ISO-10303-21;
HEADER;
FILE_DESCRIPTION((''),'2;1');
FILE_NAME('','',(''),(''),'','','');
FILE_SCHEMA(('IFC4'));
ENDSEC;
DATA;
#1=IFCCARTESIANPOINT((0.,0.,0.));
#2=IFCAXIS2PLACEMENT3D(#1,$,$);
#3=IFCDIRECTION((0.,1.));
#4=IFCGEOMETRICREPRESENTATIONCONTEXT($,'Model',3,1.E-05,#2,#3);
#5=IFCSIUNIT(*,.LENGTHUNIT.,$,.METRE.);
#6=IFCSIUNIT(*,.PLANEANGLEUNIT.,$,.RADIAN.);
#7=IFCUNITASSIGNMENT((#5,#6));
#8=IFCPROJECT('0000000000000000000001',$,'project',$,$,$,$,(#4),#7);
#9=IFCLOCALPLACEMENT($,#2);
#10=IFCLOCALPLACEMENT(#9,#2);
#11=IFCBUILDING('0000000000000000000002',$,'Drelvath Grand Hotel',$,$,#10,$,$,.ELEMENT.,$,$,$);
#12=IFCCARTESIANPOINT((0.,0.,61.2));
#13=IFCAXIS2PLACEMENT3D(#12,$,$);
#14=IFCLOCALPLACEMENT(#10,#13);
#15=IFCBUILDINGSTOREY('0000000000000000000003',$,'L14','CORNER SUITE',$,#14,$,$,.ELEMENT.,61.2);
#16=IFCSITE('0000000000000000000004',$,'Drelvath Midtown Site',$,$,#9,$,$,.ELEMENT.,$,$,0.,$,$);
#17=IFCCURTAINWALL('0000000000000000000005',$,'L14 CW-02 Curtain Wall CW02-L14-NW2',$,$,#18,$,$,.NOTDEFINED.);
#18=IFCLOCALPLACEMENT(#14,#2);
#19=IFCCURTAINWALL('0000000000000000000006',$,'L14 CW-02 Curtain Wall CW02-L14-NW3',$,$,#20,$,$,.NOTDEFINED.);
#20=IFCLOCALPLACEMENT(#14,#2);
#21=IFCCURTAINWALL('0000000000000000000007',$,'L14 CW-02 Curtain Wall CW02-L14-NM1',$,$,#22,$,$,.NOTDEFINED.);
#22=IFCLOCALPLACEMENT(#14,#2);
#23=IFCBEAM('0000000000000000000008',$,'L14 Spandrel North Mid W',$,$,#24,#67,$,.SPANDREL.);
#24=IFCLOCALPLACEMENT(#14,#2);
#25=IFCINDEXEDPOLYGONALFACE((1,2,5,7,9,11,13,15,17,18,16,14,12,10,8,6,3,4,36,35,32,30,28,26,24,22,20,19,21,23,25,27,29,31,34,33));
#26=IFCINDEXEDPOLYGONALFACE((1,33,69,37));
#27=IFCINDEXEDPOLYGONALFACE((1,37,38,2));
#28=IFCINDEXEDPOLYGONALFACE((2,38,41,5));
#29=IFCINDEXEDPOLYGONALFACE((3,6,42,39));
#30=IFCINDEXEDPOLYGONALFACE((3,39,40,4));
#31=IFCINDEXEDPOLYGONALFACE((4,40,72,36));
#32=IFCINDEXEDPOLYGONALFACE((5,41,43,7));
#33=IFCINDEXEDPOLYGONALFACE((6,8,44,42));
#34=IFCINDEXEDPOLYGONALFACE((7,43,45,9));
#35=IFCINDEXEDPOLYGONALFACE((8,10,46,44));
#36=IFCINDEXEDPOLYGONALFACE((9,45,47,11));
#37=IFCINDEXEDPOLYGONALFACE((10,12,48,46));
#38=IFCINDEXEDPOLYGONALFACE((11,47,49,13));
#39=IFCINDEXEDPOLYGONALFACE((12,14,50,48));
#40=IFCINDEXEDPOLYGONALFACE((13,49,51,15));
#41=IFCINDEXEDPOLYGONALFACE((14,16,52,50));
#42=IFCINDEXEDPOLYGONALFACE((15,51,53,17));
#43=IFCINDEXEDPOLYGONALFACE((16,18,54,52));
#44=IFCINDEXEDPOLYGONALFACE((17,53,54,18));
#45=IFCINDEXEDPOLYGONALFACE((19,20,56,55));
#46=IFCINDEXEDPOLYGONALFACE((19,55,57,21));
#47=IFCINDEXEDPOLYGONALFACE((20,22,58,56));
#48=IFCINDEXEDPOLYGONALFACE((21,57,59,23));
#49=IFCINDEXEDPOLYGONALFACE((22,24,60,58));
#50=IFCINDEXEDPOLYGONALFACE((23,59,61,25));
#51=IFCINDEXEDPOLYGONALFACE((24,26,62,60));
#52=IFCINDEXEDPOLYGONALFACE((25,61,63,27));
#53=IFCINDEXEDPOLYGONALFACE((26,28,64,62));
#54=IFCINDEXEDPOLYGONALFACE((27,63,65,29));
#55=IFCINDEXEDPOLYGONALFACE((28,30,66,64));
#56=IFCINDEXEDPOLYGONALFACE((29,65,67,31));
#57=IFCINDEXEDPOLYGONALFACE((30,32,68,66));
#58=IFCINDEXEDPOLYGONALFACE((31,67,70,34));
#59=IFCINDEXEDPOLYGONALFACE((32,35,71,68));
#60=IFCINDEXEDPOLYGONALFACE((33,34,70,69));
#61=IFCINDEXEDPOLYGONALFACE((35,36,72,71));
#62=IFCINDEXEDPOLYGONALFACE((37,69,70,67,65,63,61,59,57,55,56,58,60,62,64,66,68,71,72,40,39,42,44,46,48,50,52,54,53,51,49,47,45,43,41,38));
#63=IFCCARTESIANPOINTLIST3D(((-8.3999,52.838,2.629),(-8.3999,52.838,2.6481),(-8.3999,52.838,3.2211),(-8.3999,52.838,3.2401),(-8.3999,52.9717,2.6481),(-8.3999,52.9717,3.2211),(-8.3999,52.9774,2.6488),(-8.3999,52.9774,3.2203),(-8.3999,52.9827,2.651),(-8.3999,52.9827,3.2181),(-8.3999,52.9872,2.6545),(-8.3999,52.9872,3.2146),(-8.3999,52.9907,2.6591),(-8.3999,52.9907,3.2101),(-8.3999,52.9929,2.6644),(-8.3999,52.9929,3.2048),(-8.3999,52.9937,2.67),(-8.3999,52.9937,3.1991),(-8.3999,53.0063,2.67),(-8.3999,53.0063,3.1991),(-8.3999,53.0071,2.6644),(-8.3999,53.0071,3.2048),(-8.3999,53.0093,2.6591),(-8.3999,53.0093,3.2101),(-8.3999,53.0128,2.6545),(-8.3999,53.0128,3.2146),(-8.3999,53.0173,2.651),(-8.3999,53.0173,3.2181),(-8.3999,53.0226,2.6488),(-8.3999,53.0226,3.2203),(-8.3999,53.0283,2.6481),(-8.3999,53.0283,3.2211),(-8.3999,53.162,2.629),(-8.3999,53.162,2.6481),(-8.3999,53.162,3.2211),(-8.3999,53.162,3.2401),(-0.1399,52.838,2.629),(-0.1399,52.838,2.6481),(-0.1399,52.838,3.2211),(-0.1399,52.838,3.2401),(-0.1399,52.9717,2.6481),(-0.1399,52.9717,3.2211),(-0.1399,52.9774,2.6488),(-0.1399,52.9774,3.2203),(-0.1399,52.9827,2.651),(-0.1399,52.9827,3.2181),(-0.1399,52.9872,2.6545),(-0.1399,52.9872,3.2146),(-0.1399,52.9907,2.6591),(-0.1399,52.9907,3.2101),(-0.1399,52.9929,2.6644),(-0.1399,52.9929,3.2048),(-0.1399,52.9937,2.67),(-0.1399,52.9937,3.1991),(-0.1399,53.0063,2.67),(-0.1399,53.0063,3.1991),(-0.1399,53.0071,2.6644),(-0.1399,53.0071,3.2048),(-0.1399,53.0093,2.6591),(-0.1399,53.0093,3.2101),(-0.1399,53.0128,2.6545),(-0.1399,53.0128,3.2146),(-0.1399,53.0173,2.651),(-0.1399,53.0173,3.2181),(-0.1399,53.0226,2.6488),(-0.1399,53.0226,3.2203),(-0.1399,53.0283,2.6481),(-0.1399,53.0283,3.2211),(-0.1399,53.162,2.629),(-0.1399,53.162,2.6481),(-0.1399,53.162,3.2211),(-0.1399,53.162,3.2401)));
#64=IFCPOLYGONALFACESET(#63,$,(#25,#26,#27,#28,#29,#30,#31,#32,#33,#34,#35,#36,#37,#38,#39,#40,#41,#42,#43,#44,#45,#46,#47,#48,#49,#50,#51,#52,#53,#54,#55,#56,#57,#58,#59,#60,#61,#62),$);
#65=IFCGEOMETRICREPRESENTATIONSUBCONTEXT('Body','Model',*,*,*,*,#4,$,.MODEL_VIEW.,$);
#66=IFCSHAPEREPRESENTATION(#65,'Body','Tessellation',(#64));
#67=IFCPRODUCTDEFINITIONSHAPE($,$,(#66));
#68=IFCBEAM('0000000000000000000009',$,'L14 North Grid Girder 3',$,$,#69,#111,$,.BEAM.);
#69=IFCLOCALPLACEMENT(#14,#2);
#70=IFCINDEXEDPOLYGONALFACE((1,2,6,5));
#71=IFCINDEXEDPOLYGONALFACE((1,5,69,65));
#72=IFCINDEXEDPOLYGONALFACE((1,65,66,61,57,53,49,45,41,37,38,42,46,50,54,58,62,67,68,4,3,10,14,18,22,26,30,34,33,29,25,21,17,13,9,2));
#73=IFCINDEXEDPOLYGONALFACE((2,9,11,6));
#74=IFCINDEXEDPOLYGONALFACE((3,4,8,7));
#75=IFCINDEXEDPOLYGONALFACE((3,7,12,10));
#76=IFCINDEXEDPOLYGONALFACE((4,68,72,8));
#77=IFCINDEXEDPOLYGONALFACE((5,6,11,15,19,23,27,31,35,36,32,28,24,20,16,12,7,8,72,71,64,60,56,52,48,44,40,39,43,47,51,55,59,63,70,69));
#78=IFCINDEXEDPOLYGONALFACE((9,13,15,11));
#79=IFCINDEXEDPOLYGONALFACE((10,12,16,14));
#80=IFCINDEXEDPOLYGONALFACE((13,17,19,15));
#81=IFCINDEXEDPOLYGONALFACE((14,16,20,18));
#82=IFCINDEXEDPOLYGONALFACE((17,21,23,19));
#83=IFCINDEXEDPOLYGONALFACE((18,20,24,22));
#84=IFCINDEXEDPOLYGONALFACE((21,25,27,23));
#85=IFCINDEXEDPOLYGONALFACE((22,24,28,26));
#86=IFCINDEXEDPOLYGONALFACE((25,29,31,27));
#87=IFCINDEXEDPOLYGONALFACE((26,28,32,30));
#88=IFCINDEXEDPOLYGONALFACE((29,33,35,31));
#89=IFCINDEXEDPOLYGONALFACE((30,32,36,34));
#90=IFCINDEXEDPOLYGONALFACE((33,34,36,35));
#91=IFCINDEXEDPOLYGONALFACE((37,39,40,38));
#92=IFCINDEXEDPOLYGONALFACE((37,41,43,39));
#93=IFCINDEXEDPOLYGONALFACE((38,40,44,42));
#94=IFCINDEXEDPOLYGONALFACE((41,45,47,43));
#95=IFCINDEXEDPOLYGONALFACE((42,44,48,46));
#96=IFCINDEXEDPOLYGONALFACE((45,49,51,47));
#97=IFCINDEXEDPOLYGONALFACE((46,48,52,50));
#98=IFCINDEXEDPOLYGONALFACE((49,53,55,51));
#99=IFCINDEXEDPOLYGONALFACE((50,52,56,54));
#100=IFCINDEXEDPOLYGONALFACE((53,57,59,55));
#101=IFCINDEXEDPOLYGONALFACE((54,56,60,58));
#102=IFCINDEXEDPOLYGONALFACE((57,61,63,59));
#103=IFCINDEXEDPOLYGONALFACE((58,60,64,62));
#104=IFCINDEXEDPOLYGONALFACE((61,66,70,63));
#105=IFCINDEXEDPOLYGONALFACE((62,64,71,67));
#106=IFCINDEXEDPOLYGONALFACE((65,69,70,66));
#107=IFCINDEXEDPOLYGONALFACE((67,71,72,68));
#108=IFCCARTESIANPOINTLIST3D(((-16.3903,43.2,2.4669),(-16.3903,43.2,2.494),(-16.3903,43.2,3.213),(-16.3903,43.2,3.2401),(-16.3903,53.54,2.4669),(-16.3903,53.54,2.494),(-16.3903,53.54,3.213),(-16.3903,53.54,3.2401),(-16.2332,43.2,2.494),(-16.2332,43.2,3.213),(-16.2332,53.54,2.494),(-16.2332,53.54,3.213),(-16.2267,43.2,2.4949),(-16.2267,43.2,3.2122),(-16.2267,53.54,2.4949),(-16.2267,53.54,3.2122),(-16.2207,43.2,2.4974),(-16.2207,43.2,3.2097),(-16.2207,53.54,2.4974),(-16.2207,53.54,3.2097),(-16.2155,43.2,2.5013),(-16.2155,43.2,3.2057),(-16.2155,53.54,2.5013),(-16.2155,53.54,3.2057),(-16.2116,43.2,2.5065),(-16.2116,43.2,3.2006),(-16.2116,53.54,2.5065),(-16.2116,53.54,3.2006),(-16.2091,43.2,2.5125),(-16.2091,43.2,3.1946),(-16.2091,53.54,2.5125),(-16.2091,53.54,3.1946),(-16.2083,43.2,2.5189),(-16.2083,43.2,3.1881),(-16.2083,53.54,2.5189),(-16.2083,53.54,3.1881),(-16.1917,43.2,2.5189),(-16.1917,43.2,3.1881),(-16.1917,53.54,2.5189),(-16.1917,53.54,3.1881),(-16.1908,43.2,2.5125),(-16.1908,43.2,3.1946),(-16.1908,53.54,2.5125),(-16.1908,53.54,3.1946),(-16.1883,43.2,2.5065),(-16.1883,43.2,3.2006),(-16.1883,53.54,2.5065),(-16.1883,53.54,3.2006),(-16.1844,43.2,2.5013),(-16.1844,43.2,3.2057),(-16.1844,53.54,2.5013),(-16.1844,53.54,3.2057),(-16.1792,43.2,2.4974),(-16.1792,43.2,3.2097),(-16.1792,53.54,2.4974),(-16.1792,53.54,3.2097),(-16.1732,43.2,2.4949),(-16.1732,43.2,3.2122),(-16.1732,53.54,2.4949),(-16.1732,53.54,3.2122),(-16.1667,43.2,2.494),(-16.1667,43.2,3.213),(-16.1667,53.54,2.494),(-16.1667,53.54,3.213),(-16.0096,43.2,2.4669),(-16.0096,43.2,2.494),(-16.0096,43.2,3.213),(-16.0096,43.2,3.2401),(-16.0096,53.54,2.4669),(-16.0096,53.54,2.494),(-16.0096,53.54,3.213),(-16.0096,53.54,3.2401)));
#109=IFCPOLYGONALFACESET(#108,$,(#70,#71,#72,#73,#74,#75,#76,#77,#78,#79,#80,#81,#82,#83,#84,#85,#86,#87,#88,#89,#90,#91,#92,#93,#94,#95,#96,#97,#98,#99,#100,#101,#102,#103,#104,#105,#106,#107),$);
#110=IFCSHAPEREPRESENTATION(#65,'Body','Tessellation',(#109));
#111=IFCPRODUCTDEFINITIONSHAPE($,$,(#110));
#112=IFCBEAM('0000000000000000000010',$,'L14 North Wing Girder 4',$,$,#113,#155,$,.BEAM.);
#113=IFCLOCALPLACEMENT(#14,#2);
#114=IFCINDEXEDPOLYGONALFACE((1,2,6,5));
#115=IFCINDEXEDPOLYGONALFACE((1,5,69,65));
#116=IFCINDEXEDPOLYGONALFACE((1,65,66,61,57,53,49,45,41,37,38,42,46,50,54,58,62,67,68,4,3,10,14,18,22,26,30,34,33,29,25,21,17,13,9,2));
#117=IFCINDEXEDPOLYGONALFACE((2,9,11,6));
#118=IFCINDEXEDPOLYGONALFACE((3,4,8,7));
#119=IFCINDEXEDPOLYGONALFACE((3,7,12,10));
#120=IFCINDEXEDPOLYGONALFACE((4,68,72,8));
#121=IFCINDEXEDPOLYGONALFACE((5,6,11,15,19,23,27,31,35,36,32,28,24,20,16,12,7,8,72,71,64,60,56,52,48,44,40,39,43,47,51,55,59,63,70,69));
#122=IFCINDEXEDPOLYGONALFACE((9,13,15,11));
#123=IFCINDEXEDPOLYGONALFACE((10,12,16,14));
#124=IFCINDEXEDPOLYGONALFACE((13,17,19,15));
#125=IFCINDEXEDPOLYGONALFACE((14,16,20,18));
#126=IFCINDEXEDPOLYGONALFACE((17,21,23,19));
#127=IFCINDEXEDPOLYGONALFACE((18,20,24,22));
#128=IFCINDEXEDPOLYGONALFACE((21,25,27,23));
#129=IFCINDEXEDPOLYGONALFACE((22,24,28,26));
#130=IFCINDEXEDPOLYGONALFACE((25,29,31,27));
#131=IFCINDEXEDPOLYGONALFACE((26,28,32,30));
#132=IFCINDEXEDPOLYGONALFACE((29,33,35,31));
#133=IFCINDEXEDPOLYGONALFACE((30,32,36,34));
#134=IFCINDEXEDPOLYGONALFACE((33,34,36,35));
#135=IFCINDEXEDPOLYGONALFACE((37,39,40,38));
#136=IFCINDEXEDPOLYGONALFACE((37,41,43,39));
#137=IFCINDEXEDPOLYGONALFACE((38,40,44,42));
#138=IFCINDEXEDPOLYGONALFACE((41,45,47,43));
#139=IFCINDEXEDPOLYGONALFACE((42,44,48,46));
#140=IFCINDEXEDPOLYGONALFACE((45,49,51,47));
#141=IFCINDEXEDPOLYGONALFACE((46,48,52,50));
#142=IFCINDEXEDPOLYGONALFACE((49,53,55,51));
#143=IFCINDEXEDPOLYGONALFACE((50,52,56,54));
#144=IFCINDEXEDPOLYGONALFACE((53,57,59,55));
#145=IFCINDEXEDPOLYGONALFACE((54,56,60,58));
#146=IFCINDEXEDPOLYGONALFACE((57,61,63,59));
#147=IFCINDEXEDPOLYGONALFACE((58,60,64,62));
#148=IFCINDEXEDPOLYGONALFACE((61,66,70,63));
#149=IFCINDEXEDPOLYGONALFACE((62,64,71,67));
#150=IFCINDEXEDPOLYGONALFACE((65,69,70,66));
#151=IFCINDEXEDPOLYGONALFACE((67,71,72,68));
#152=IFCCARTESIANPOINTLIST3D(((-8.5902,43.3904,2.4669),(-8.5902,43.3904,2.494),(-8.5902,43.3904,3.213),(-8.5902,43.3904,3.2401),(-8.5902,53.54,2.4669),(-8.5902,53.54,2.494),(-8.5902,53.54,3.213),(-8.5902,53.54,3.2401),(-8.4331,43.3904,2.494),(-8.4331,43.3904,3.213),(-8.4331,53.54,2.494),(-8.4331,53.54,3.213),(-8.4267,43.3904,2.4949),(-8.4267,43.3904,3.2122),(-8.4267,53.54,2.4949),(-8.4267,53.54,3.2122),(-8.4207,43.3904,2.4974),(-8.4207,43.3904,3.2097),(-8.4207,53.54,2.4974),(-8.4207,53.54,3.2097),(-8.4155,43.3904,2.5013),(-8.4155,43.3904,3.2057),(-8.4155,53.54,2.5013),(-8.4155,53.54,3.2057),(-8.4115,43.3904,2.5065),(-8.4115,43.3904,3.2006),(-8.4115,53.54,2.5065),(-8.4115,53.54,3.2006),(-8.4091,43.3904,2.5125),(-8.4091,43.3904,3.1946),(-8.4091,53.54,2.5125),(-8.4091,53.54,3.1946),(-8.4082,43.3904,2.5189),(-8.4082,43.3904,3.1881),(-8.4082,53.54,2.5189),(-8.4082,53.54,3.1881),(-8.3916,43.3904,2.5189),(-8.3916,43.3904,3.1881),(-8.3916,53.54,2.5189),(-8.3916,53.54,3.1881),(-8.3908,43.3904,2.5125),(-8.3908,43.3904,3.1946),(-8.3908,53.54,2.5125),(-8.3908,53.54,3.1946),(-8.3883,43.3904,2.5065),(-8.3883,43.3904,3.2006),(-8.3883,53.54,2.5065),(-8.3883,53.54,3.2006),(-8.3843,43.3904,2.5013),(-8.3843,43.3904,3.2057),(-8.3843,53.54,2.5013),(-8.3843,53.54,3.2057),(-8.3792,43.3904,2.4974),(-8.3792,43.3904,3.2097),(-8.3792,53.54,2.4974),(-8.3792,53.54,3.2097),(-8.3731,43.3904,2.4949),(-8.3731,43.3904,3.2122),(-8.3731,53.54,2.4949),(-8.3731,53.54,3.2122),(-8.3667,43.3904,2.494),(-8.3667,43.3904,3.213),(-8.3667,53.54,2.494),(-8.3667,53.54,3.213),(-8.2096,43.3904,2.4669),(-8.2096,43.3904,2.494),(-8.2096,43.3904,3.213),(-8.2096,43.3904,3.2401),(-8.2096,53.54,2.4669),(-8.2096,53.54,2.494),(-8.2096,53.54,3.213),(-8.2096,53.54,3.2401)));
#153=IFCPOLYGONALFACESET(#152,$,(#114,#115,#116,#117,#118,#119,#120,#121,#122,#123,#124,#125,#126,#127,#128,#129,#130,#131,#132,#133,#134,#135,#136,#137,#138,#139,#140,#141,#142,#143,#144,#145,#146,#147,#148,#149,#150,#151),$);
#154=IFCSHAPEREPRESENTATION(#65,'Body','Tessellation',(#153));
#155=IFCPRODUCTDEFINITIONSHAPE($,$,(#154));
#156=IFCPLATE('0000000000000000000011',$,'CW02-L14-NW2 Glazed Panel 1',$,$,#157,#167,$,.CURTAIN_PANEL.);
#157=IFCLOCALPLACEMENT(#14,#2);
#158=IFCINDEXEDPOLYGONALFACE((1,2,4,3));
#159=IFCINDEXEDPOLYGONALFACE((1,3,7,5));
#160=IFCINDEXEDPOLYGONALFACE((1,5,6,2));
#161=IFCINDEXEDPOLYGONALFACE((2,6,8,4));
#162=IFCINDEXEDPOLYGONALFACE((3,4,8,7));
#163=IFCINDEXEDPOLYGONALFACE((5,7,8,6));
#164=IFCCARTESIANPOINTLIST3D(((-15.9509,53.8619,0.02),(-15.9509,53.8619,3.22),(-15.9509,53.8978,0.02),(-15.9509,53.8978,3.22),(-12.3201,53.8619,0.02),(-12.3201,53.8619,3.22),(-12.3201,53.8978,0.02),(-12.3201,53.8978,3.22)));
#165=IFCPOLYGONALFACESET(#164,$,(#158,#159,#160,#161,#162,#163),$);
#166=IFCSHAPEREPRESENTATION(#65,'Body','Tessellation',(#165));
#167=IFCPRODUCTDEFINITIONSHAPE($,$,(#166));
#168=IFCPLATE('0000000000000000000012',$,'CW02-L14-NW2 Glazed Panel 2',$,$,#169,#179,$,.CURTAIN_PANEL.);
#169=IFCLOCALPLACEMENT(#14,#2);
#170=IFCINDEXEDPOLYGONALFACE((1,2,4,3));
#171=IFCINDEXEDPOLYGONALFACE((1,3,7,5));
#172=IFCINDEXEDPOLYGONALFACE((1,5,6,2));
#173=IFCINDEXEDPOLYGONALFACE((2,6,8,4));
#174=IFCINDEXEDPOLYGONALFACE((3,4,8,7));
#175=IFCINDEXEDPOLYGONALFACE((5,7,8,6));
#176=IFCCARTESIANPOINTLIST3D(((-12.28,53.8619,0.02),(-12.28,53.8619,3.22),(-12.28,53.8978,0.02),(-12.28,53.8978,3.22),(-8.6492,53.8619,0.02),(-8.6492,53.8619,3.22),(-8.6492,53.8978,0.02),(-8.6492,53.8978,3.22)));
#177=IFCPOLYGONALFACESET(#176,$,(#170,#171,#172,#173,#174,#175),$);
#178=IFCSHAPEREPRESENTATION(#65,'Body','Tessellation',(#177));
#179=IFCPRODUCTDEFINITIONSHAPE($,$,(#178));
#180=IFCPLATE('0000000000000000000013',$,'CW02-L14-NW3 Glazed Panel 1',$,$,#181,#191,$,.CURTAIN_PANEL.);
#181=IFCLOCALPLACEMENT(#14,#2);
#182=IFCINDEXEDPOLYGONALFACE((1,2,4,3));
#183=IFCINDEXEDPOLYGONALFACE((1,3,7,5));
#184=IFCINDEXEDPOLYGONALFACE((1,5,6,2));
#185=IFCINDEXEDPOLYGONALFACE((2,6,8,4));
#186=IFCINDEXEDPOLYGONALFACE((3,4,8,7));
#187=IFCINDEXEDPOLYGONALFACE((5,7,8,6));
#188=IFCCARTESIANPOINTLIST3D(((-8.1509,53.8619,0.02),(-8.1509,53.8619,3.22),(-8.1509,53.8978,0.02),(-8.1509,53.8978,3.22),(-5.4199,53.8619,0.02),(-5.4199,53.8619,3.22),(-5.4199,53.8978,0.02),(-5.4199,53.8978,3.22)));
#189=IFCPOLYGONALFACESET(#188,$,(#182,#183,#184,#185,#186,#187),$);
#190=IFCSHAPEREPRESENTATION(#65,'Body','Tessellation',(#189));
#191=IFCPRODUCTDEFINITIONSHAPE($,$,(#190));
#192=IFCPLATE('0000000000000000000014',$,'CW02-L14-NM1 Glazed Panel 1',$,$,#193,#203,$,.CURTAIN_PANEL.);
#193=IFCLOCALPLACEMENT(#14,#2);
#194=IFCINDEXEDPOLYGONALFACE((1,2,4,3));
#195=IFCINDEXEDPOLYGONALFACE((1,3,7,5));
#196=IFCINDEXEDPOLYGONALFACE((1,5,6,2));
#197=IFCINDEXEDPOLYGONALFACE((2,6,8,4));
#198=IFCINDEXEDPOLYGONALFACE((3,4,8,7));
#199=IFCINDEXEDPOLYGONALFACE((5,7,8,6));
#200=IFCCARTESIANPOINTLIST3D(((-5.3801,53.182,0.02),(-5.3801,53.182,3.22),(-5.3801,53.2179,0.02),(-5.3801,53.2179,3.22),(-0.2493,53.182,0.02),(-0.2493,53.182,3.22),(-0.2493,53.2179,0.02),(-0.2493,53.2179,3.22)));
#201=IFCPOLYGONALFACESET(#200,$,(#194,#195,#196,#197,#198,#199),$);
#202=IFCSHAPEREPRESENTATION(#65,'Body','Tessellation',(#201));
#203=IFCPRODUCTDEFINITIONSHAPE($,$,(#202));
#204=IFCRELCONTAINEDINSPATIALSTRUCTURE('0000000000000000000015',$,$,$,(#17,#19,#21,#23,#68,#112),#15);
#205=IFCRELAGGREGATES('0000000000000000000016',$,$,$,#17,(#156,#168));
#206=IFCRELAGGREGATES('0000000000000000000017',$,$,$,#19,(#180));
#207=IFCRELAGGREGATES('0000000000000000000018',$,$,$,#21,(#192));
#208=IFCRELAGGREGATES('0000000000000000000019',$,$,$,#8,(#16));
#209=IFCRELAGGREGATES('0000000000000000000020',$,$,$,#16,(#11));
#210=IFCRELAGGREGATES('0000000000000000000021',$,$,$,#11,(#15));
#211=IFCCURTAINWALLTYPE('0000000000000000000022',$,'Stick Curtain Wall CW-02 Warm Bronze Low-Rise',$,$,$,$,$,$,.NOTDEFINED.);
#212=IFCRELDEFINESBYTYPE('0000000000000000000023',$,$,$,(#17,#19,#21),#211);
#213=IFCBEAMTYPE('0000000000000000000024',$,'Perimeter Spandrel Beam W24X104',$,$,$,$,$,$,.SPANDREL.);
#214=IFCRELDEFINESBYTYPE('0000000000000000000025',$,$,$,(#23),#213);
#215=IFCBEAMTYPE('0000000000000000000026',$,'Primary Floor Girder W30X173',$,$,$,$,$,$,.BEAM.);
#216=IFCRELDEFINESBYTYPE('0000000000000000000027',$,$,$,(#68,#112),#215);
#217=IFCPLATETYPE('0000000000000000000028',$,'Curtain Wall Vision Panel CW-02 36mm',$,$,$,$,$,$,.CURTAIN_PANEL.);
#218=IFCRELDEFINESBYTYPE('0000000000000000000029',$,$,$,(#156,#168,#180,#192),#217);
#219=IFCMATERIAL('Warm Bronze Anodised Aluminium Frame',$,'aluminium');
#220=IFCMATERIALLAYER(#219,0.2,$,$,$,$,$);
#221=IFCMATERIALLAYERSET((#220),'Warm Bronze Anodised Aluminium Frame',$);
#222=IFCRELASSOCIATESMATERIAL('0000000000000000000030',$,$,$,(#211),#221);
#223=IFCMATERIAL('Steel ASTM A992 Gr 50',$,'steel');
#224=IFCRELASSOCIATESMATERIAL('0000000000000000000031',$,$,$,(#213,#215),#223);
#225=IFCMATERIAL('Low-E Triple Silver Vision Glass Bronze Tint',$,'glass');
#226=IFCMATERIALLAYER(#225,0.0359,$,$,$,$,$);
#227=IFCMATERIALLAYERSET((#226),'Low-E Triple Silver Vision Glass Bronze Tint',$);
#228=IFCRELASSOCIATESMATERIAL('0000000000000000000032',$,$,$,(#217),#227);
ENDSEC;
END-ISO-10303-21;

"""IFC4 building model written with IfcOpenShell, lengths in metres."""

from ifc_helpers import new_model, si_unit, direction, frame, origin, origin_2d, place, context, subcontext, project, spatial, rectangle, i_section, extrude, material, layer, layer_set, material_profile, profile_set, type_object, element, aggregate, save


model = new_model("IFC4")

# Units and contexts
model_context = context("Model", 3, precision=1e-05, world=origin(), true_north=direction((0.0, 1.0)))
body_context = subcontext(model_context, "Body", "Model", "MODEL_VIEW")
ifc_project = project(units=[si_unit("LENGTHUNIT", "METRE"), si_unit("PLANEANGLEUNIT", "RADIAN")], contexts=[model_context])

# Site, building, storey
site_placement = place(None, origin())
site = spatial("IfcSite", under=ifc_project, at=site_placement, Name="Drelvath Midtown Site", CompositionType="ELEMENT", RefElevation=0.0)
building_placement = place(site_placement, origin())
building = spatial("IfcBuilding", under=site, at=building_placement, Name="Drelvath Grand Hotel", CompositionType="ELEMENT")
storey_placement = place(building_placement, frame((0.0, 0.0, 61.2)))
storey = spatial("IfcBuildingStorey", under=building, at=storey_placement, Name="L14", Description="CORNER SUITE", CompositionType="ELEMENT", Elevation=61.2)

# Curtain walls
ifc_material_1 = material(Name="Warm Bronze Anodised Aluminium Frame", Category="aluminium")
ifc_layer_1 = layer(ifc_material_1, 0.2)
ifc_layer_set_1 = layer_set([ifc_layer_1], Name="Warm Bronze Anodised Aluminium Frame")
curtain_wall_type = type_object("IfcCurtainWallType", Name="Stick Curtain Wall CW-02 Warm Bronze Low-Rise", PredefinedType="NOTDEFINED", material=ifc_layer_set_1)
curtain_wall_1_placement = place(storey_placement, origin())
curtain_wall_1 = element("IfcCurtainWall", 1, at=curtain_wall_1_placement, inside=storey, type_object=curtain_wall_type, Name="L14 CW-02 Curtain Wall CW02-L14-NW2", PredefinedType="NOTDEFINED")
curtain_wall_2_placement = place(storey_placement, origin())
curtain_wall_2 = element("IfcCurtainWall", 2, at=curtain_wall_2_placement, inside=storey, type_object=curtain_wall_type, Name="L14 CW-02 Curtain Wall CW02-L14-NW3", PredefinedType="NOTDEFINED")
curtain_wall_3_placement = place(storey_placement, origin())
curtain_wall_3 = element("IfcCurtainWall", 3, at=curtain_wall_3_placement, inside=storey, type_object=curtain_wall_type, Name="L14 CW-02 Curtain Wall CW02-L14-NM1", PredefinedType="NOTDEFINED")

# Beams
ifc_material_2 = material(Name="Steel ASTM A992 Gr 50", Category="steel")
ifc_material_profile_1 = material_profile(ifc_material_2, i_section(OverallWidth=0.324, OverallDepth=0.6111, WebThickness=0.0127, FlangeThickness=0.019, FilletRadius=0.022, at=origin_2d()), Name="W24X104")
ifc_profile_set_1 = profile_set([ifc_material_profile_1], Name="Steel ASTM A992 Gr 50")
beam_type_1 = type_object("IfcBeamType", Name="Perimeter Spandrel Beam W24X104", PredefinedType="SPANDREL", material=ifc_profile_set_1)
beam_1_placement = place(storey_placement, frame((-8.3999, 53.0, 2.9346), z_axis=(1.0, 0.0, 0.0), x_axis=(0.0, 1.0, 0.0)))
element("IfcBeam", 4, at=beam_1_placement, inside=storey, type_object=beam_type_1, Name="L14 Spandrel North Mid W", PredefinedType="SPANDREL", context=body_context, shape_type="SweptSolid", body=[
    extrude(i_section(OverallWidth=0.324, OverallDepth=0.6111, WebThickness=0.0127, FlangeThickness=0.019, FilletRadius=0.022, at=origin_2d()), origin(), (0.0, 0.0, 1.0), 8.26),
])
ifc_material_profile_2 = material_profile(ifc_material_2, i_section(OverallWidth=0.3806, OverallDepth=0.7732, WebThickness=0.0166, FlangeThickness=0.0271, FilletRadius=0.0249, at=origin_2d()), Name="W30X173")
ifc_profile_set_2 = profile_set([ifc_material_profile_2], Name="Steel ASTM A992 Gr 50")
beam_type_2 = type_object("IfcBeamType", Name="Primary Floor Girder W30X173", PredefinedType="BEAM", material=ifc_profile_set_2)
beam_2_placement = place(storey_placement, frame((-16.2, 43.2, 2.8535), z_axis=(0.0, 1.0, 0.0), x_axis=(-1.0, 0.0, 0.0)))
element("IfcBeam", 5, at=beam_2_placement, inside=storey, type_object=beam_type_2, Name="L14 North Grid Girder 3", PredefinedType="BEAM", context=body_context, shape_type="SweptSolid", body=[
    extrude(i_section(OverallWidth=0.3806, OverallDepth=0.7732, WebThickness=0.0166, FlangeThickness=0.0271, FilletRadius=0.0249, at=origin_2d()), origin(), (0.0, 0.0, 1.0), 10.3401),
])
beam_3_placement = place(storey_placement, frame((-8.3999, 43.3904, 2.8535), z_axis=(0.0, 1.0, 0.0), x_axis=(-1.0, 0.0, 0.0)))
element("IfcBeam", 6, at=beam_3_placement, inside=storey, type_object=beam_type_2, Name="L14 North Wing Girder 4", PredefinedType="BEAM", context=body_context, shape_type="SweptSolid", body=[
    extrude(i_section(OverallWidth=0.3806, OverallDepth=0.7732, WebThickness=0.0166, FlangeThickness=0.0271, FilletRadius=0.0249, at=origin_2d()), origin(), (0.0, 0.0, 1.0), 10.1497),
])

# Plates
ifc_material_3 = material(Name="Low-E Triple Silver Vision Glass Bronze Tint", Category="glass")
ifc_layer_2 = layer(ifc_material_3, 0.0359)
ifc_layer_set_2 = layer_set([ifc_layer_2], Name="Low-E Triple Silver Vision Glass Bronze Tint")
plate_type = type_object("IfcPlateType", Name="Curtain Wall Vision Panel CW-02 36mm", PredefinedType="CURTAIN_PANEL", material=ifc_layer_set_2)
plate_1_placement = place(storey_placement, frame((-14.1355, 53.8799, 0.02), z_axis=(0.0, 0.0, 1.0), x_axis=(1.0, 0.0, 0.0)))
plate_1 = element("IfcPlate", 7, at=plate_1_placement, type_object=plate_type, Name="CW02-L14-NW2 Glazed Panel 1", PredefinedType="CURTAIN_PANEL", context=body_context, shape_type="SweptSolid", body=[
    extrude(rectangle(XDim=3.6309, YDim=0.0359, at=origin_2d()), origin(), (0.0, 0.0, 1.0), 3.2),
])
plate_2_placement = place(storey_placement, frame((-10.4646, 53.8799, 0.02), z_axis=(0.0, 0.0, 1.0), x_axis=(1.0, 0.0, 0.0)))
plate_2 = element("IfcPlate", 8, at=plate_2_placement, type_object=plate_type, Name="CW02-L14-NW2 Glazed Panel 2", PredefinedType="CURTAIN_PANEL", context=body_context, shape_type="SweptSolid", body=[
    extrude(rectangle(XDim=3.6309, YDim=0.0359, at=origin_2d()), origin(), (0.0, 0.0, 1.0), 3.2),
])
aggregate(curtain_wall_1, [plate_1, plate_2])
plate_3_placement = place(storey_placement, frame((-6.7854, 53.8799, 0.02), z_axis=(0.0, 0.0, 1.0), x_axis=(1.0, 0.0, 0.0)))
plate_3 = element("IfcPlate", 9, at=plate_3_placement, type_object=plate_type, Name="CW02-L14-NW3 Glazed Panel 1", PredefinedType="CURTAIN_PANEL", context=body_context, shape_type="SweptSolid", body=[
    extrude(rectangle(XDim=2.731, YDim=0.0359, at=origin_2d()), origin(), (0.0, 0.0, 1.0), 3.2),
])
aggregate(curtain_wall_2, [plate_3])
plate_4_placement = place(storey_placement, frame((-2.8147, 53.2, 0.02), z_axis=(0.0, 0.0, 1.0), x_axis=(1.0, 0.0, 0.0)))
plate_4 = element("IfcPlate", 10, at=plate_4_placement, type_object=plate_type, Name="CW02-L14-NM1 Glazed Panel 1", PredefinedType="CURTAIN_PANEL", context=body_context, shape_type="SweptSolid", body=[
    extrude(rectangle(XDim=5.1309, YDim=0.0359, at=origin_2d()), origin(), (0.0, 0.0, 1.0), 3.2),
])
aggregate(curtain_wall_3, [plate_4])

save(model, "model.ifc")
